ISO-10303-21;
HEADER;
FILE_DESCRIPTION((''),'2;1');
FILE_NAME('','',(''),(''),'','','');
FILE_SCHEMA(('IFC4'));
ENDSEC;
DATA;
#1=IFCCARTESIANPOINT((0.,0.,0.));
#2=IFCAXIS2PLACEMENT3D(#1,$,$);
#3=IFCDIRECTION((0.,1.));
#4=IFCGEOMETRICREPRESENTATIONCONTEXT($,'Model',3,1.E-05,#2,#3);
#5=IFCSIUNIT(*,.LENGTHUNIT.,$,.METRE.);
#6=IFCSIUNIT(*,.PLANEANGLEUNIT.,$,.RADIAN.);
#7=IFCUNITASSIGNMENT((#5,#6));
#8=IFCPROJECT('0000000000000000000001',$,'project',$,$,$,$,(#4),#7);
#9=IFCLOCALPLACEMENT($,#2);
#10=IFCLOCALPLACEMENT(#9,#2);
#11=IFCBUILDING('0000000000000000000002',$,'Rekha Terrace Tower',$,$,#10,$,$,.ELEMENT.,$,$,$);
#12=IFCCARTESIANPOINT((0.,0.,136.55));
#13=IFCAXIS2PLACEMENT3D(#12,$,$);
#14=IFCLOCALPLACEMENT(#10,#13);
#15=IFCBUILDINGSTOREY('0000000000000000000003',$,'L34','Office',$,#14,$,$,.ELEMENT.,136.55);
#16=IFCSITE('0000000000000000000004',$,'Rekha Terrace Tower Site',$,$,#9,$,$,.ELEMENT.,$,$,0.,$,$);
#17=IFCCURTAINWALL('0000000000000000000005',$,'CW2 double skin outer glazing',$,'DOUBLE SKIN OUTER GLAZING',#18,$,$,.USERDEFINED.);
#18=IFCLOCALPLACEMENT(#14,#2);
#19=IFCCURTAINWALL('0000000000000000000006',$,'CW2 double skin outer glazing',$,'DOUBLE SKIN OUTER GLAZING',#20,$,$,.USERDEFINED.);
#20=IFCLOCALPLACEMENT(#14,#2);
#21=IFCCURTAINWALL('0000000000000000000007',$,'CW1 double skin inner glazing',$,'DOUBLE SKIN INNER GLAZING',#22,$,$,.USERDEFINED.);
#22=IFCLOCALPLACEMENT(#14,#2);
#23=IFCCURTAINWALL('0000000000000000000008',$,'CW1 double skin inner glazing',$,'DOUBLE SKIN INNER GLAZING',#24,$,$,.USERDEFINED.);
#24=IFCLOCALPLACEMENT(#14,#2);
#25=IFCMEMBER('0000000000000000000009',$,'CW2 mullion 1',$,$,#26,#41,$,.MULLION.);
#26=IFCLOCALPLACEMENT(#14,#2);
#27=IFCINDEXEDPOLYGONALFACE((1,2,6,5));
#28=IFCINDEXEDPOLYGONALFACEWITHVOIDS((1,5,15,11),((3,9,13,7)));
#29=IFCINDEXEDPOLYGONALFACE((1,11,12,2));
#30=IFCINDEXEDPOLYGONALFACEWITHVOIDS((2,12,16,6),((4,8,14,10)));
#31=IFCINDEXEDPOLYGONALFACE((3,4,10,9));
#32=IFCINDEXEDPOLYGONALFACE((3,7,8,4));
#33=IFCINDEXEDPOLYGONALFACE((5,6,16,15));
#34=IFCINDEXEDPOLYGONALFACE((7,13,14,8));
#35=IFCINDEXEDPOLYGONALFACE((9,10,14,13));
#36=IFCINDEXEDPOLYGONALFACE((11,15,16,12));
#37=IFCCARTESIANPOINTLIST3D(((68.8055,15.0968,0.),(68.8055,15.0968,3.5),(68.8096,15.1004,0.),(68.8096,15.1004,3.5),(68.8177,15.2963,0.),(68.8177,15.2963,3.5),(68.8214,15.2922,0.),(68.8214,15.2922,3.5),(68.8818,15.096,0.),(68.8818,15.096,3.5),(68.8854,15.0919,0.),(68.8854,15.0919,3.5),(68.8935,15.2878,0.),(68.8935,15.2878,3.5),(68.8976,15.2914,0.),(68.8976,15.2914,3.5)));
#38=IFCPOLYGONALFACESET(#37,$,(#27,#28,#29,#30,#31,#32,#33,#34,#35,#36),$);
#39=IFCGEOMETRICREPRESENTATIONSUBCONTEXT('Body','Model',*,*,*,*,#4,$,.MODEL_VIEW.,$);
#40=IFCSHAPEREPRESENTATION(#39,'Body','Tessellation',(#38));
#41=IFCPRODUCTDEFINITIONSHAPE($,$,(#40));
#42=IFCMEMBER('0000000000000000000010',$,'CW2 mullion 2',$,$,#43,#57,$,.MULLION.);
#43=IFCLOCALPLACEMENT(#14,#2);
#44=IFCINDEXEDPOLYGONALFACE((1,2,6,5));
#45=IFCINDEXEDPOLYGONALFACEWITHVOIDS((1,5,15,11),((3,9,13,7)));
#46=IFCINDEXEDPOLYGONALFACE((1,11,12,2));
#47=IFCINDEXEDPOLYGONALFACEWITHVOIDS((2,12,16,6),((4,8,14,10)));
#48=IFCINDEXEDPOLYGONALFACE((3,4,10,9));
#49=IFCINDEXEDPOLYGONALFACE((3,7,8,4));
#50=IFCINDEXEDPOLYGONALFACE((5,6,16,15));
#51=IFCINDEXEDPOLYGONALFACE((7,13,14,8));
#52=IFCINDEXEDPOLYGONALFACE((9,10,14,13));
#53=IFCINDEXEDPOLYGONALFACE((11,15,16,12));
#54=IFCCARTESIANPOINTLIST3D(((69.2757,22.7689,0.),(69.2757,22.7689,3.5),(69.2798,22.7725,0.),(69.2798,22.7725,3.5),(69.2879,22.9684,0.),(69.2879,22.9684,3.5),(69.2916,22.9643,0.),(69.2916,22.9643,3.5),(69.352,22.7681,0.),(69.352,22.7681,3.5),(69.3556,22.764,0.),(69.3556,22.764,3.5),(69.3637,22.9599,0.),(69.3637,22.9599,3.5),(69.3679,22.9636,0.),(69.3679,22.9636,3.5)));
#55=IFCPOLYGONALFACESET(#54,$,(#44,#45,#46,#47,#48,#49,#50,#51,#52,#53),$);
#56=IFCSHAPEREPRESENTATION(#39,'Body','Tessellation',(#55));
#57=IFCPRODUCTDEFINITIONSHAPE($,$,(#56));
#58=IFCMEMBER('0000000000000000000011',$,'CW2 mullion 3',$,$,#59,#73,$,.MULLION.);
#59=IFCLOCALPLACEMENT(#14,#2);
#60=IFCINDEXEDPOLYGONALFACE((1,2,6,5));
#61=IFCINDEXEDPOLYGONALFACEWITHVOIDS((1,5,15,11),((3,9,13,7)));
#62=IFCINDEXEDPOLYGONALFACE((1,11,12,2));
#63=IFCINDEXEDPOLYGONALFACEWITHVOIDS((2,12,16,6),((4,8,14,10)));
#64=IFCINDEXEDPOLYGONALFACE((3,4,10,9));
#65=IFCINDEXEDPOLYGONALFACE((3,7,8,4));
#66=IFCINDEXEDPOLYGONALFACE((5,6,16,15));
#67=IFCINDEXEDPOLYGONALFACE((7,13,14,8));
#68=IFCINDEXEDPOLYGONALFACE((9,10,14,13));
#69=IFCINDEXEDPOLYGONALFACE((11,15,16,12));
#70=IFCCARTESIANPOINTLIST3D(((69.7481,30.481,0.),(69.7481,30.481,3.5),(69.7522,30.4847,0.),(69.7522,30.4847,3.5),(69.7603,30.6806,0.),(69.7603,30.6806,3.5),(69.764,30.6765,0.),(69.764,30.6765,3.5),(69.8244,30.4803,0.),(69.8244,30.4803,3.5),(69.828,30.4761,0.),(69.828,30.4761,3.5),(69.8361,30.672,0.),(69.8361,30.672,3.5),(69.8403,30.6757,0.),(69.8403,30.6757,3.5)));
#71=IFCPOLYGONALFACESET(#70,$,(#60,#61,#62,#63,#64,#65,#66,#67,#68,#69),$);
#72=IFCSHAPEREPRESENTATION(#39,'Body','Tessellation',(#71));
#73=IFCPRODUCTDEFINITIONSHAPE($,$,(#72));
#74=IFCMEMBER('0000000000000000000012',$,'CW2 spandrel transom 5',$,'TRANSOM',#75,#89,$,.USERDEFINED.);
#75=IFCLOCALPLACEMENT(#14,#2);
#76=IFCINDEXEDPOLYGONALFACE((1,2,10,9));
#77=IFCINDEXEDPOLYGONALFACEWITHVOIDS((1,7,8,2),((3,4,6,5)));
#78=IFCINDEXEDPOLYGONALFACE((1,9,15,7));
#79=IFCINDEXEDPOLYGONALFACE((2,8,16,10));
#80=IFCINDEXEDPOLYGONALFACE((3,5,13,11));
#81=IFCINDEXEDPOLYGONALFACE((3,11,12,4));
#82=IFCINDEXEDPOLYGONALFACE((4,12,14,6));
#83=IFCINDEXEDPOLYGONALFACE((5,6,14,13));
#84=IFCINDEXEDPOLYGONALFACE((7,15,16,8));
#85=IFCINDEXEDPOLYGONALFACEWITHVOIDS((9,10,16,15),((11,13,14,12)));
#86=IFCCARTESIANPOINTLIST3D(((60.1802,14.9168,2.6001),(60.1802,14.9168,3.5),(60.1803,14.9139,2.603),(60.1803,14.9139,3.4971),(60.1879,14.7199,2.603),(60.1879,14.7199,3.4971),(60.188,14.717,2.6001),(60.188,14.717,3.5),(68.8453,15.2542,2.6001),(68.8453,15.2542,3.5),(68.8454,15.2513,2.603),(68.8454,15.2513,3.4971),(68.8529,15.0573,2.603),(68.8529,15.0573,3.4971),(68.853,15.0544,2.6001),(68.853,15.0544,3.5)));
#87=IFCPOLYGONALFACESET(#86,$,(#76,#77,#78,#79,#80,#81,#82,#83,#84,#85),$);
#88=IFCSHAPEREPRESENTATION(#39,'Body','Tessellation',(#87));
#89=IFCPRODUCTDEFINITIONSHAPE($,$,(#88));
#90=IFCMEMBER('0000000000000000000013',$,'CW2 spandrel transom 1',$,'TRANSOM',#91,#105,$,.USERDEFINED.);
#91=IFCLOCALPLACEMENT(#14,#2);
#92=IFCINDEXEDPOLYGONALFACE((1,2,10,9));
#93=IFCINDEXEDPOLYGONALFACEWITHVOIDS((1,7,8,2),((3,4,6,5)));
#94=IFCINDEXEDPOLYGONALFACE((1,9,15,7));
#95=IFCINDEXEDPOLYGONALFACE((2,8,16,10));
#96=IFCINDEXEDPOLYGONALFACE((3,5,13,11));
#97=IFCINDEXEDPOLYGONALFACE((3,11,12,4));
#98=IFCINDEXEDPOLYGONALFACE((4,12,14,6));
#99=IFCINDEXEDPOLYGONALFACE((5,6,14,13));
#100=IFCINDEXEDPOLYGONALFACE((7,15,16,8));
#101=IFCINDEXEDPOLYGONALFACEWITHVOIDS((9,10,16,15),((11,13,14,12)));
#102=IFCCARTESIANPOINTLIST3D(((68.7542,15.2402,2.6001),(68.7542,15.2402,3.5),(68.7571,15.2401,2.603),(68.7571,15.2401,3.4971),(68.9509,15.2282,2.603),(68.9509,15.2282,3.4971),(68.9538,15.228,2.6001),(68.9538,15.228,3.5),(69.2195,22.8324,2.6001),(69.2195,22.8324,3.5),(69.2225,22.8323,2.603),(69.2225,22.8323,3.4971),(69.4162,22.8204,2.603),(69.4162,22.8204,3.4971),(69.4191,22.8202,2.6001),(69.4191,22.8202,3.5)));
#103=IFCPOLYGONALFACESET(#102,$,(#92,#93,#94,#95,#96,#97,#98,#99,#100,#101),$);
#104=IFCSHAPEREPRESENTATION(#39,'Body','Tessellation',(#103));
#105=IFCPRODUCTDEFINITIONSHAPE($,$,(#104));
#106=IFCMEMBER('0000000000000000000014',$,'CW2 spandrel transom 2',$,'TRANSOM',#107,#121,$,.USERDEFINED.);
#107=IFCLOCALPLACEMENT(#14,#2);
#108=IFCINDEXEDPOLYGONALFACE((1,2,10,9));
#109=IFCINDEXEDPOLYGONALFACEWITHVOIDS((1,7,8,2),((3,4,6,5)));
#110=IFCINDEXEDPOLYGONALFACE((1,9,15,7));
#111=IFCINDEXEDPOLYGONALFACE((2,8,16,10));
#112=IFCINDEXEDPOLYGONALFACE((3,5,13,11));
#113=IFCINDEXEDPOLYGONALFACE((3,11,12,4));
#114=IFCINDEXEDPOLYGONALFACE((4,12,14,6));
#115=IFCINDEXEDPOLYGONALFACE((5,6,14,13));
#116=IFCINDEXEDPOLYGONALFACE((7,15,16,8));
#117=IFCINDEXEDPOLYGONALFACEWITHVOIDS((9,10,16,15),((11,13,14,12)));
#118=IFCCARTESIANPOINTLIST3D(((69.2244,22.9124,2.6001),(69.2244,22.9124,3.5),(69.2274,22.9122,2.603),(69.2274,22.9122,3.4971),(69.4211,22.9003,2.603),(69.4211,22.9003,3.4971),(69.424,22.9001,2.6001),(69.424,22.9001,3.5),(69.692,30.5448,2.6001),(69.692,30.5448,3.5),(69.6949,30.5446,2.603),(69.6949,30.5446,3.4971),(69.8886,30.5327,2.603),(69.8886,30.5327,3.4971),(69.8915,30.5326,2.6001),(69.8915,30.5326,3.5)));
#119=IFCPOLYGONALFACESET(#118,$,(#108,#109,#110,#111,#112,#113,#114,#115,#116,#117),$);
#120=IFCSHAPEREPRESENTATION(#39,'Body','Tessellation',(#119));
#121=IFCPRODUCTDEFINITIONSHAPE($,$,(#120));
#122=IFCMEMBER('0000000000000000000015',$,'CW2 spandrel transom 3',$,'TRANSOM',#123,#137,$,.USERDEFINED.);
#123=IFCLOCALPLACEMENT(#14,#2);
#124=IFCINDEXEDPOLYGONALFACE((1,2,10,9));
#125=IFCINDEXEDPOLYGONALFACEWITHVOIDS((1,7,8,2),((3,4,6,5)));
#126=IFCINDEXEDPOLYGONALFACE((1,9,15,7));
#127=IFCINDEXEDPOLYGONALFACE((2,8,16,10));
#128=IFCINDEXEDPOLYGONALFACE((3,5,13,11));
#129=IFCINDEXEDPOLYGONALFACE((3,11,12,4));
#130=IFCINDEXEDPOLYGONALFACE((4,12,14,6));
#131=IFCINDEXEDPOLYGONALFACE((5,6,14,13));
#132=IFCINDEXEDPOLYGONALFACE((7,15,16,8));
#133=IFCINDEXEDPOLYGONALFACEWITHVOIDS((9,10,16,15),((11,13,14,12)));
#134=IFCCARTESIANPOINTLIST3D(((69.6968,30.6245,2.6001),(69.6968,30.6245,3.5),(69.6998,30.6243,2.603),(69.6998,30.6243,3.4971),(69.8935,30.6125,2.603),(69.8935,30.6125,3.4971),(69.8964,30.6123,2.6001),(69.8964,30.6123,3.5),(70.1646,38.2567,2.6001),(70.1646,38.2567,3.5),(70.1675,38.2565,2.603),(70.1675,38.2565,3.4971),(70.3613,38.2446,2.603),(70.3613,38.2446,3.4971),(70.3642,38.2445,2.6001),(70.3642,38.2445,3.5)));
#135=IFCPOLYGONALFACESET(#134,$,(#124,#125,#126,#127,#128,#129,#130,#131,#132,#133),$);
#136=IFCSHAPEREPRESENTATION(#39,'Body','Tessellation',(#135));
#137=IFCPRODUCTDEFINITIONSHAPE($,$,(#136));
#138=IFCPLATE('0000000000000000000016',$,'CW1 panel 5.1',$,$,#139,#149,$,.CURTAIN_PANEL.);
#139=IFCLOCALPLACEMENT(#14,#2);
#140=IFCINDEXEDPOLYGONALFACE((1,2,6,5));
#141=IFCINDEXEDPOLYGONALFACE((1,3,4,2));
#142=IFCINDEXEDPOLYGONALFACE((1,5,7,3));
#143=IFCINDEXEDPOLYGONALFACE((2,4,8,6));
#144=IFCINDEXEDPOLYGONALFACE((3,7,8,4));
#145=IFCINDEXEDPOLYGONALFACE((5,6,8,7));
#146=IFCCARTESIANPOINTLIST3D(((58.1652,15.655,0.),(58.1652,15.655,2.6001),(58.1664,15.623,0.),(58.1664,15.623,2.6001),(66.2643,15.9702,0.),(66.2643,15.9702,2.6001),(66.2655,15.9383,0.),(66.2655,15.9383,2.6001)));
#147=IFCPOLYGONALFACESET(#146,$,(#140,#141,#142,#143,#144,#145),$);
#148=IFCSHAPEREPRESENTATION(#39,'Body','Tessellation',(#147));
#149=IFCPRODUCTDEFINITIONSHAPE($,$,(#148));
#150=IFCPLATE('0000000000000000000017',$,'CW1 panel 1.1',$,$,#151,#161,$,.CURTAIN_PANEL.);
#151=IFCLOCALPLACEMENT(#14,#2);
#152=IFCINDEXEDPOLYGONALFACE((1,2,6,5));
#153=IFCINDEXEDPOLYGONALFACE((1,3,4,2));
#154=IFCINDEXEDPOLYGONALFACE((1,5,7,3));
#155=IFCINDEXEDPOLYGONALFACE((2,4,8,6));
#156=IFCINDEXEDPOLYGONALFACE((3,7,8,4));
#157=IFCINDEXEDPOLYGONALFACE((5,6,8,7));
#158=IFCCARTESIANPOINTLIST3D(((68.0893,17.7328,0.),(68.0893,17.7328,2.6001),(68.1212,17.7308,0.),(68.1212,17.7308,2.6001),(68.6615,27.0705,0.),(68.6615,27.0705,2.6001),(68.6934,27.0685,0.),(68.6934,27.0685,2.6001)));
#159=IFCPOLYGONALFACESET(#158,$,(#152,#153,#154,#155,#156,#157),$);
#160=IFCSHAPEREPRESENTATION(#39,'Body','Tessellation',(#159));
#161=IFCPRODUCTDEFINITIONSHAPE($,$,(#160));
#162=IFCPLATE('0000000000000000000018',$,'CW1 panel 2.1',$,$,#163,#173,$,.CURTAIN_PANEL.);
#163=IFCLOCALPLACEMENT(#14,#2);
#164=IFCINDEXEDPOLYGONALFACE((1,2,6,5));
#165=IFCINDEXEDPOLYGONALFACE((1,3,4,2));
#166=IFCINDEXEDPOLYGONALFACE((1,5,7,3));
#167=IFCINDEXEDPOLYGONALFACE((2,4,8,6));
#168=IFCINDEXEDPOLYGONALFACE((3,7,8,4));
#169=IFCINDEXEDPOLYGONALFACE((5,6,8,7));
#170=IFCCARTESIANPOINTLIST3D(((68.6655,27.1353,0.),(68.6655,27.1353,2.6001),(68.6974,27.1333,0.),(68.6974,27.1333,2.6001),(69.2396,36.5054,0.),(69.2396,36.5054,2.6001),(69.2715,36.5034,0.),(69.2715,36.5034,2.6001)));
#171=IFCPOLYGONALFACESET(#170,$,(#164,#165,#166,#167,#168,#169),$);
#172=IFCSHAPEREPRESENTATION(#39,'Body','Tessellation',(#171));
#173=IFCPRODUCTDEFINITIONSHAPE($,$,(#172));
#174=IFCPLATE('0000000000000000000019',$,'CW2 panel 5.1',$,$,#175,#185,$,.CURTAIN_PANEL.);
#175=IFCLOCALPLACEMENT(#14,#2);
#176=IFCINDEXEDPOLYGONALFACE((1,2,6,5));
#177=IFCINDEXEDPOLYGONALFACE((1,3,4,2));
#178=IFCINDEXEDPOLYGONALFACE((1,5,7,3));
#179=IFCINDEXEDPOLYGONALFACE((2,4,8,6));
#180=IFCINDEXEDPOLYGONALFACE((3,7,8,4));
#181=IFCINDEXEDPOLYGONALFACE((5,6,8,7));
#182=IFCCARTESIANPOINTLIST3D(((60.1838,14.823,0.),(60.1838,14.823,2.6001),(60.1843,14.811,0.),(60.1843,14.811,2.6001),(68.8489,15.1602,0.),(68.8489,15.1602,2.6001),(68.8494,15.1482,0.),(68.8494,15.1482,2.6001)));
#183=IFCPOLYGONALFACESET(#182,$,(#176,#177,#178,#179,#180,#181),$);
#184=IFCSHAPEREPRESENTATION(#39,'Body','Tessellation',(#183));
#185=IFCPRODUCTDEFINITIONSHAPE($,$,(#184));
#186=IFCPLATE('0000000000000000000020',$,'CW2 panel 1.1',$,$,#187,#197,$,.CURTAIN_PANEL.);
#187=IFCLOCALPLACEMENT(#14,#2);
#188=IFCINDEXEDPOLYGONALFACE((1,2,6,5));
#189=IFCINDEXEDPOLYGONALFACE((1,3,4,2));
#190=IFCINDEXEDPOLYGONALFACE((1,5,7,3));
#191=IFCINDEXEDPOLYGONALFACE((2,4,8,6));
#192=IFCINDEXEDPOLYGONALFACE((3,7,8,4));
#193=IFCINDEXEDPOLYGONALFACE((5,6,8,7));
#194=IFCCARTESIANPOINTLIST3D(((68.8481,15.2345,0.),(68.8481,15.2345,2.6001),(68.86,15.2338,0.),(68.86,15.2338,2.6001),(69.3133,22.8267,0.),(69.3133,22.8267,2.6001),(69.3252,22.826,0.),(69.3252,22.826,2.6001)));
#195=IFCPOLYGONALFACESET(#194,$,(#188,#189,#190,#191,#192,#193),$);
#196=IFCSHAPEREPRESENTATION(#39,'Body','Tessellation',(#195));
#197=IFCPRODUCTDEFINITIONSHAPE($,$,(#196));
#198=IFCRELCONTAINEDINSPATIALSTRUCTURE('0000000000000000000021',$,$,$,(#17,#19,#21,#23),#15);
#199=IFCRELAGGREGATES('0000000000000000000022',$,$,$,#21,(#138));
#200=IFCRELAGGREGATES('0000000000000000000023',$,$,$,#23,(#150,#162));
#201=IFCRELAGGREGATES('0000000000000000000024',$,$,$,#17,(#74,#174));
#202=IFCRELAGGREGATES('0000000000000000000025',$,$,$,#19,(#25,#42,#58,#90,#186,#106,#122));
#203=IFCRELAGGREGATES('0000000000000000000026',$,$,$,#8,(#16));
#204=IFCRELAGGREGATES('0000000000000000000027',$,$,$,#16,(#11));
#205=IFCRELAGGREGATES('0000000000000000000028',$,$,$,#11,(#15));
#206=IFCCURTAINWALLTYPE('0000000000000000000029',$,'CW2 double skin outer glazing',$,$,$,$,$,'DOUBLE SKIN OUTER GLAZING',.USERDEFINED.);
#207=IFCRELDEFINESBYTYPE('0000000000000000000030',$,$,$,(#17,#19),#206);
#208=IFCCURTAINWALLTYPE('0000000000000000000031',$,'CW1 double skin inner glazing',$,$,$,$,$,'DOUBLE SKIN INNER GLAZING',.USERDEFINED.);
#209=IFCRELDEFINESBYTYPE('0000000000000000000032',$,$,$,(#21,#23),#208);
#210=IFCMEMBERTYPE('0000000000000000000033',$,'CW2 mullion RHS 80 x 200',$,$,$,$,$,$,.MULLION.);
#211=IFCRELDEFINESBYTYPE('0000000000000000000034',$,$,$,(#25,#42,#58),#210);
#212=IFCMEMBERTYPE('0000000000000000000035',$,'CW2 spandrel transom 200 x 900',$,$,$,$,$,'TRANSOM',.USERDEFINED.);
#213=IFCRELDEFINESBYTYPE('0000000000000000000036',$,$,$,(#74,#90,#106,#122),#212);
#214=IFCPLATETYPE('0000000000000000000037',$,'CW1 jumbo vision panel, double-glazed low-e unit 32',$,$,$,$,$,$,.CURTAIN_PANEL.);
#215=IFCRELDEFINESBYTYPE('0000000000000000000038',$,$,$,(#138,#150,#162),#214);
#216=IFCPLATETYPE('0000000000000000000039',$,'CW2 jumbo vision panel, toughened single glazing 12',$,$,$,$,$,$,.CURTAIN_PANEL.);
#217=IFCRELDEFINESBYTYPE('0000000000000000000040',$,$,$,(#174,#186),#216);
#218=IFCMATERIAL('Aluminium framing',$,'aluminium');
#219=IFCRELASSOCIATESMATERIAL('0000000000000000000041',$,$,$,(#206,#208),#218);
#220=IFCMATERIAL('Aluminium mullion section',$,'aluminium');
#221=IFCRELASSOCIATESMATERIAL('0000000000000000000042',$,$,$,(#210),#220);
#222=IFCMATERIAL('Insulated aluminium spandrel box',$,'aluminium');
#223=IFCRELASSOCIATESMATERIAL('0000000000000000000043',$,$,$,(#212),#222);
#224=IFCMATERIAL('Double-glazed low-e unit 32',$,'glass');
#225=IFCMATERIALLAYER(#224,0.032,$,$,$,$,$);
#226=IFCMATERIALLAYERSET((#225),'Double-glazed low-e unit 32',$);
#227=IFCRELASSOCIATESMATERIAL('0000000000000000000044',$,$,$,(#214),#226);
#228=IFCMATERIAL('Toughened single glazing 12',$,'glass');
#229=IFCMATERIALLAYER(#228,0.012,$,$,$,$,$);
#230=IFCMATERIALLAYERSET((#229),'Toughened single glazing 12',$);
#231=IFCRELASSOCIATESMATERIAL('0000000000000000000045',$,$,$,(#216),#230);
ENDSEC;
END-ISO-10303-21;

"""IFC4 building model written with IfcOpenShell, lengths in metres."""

from ifc_helpers import new_model, si_unit, direction, frame, origin, origin_2d, place, context, subcontext, project, spatial, rectangle, hollow_rectangle, extrude, material, layer, layer_set, material_profile, profile_set, type_object, element, aggregate, save


model = new_model("IFC4")

# Units and contexts
model_context = context("Model", 3, precision=1e-05, world=origin(), true_north=direction((0.0, 1.0)))
body_context = subcontext(model_context, "Body", "Model", "MODEL_VIEW")
ifc_project = project(units=[si_unit("LENGTHUNIT", "METRE"), si_unit("PLANEANGLEUNIT", "RADIAN")], contexts=[model_context])

# Site, building, storey
site_placement = place(None, origin())
site = spatial("IfcSite", under=ifc_project, at=site_placement, Name="Rekha Terrace Tower Site", CompositionType="ELEMENT", RefElevation=0.0)
building_placement = place(site_placement, origin())
building = spatial("IfcBuilding", under=site, at=building_placement, Name="Rekha Terrace Tower", CompositionType="ELEMENT")
storey_placement = place(building_placement, frame((0.0, 0.0, 136.55)))
storey = spatial("IfcBuildingStorey", under=building, at=storey_placement, Name="L34", Description="Office", CompositionType="ELEMENT", Elevation=136.55)

# Curtain wall
ifc_material_1 = material(Name="Aluminium framing", Category="aluminium")
curtain_wall_type_1 = type_object("IfcCurtainWallType", Name="CW2 double skin outer glazing", ElementType="DOUBLE SKIN OUTER GLAZING", PredefinedType="USERDEFINED", material=ifc_material_1)
curtain_wall_1_placement = place(storey_placement, origin())
curtain_wall_1 = element("IfcCurtainWall", 1, at=curtain_wall_1_placement, inside=storey, type_object=curtain_wall_type_1, Name="CW2 double skin outer glazing", ObjectType="DOUBLE SKIN OUTER GLAZING", PredefinedType="USERDEFINED")

# Curtain wall
curtain_wall_2_placement = place(storey_placement, origin())
curtain_wall_2 = element("IfcCurtainWall", 2, at=curtain_wall_2_placement, inside=storey, type_object=curtain_wall_type_1, Name="CW2 double skin outer glazing", ObjectType="DOUBLE SKIN OUTER GLAZING", PredefinedType="USERDEFINED")

# Curtain wall
curtain_wall_type_2 = type_object("IfcCurtainWallType", Name="CW1 double skin inner glazing", ElementType="DOUBLE SKIN INNER GLAZING", PredefinedType="USERDEFINED", material=ifc_material_1)
curtain_wall_3_placement = place(storey_placement, origin())
curtain_wall_3 = element("IfcCurtainWall", 3, at=curtain_wall_3_placement, inside=storey, type_object=curtain_wall_type_2, Name="CW1 double skin inner glazing", ObjectType="DOUBLE SKIN INNER GLAZING", PredefinedType="USERDEFINED")
ifc_material_2 = material(Name="Aluminium mullion section", Category="aluminium")

# Curtain wall
curtain_wall_4_placement = place(storey_placement, origin())
curtain_wall_4 = element("IfcCurtainWall", 4, at=curtain_wall_4_placement, inside=storey, type_object=curtain_wall_type_2, Name="CW1 double skin inner glazing", ObjectType="DOUBLE SKIN INNER GLAZING", PredefinedType="USERDEFINED")
ifc_material_3 = material(Name="Insulated aluminium spandrel box", Category="aluminium")

# Members
ifc_material_profile_1 = material_profile(ifc_material_2, hollow_rectangle(XDim=0.0801, YDim=0.2, WallThickness=0.0039, at=origin_2d()), Name="AL RHS 80x200")
ifc_profile_set_1 = profile_set([ifc_material_profile_1], Name="Aluminium mullion section")
member_type_1 = type_object("IfcMemberType", Name="CW2 mullion RHS 80 x 200", PredefinedType="MULLION", material=ifc_profile_set_1)
member_1_placement = place(storey_placement, frame((68.8516, 15.1941, 0.0), z_axis=(0.0, 0.0, 1.0), x_axis=(-0.998128, 0.06116, 0.0)))
member_1 = element("IfcMember", 5, at=member_1_placement, type_object=member_type_1, Name="CW2 mullion 1", PredefinedType="MULLION", context=body_context, shape_type="SweptSolid", body=[
    extrude(hollow_rectangle(XDim=0.0801, YDim=0.2, WallThickness=0.0039, at=origin_2d()), origin(), (0.0, 0.0, 1.0), 3.5),
])
member_2_placement = place(storey_placement, frame((69.3218, 22.8662, 0.0), z_axis=(0.0, 0.0, 1.0), x_axis=(-0.998128, 0.06116, 0.0)))
member_2 = element("IfcMember", 6, at=member_2_placement, type_object=member_type_1, Name="CW2 mullion 2", PredefinedType="MULLION", context=body_context, shape_type="SweptSolid", body=[
    extrude(hollow_rectangle(XDim=0.0801, YDim=0.2, WallThickness=0.0039, at=origin_2d()), origin(), (0.0, 0.0, 1.0), 3.5),
])
member_3_placement = place(storey_placement, frame((69.7942, 30.5784, 0.0), z_axis=(0.0, 0.0, 1.0), x_axis=(-0.998128, 0.06116, 0.0)))
member_3 = element("IfcMember", 7, at=member_3_placement, type_object=member_type_1, Name="CW2 mullion 3", PredefinedType="MULLION", context=body_context, shape_type="SweptSolid", body=[
    extrude(hollow_rectangle(XDim=0.0801, YDim=0.2, WallThickness=0.0039, at=origin_2d()), origin(), (0.0, 0.0, 1.0), 3.5),
])
ifc_material_profile_2 = material_profile(ifc_material_3, hollow_rectangle(XDim=0.2, YDim=0.8999, WallThickness=0.0029, at=origin_2d()), Name="AL SPANDREL BOX 200x900")
ifc_profile_set_2 = profile_set([ifc_material_profile_2], Name="Insulated aluminium spandrel box")
member_type_2 = type_object("IfcMemberType", Name="CW2 spandrel transom 200 x 900", ElementType="TRANSOM", PredefinedType="USERDEFINED", material=ifc_profile_set_2)
member_4_placement = place(storey_placement, frame((60.1841, 14.8169, 3.05), z_axis=(0.999243, 0.038909, 0.0), x_axis=(-0.038909, 0.999243, 0.0)))
member_4 = element("IfcMember", 8, at=member_4_placement, type_object=member_type_2, Name="CW2 spandrel transom 5", ObjectType="TRANSOM", PredefinedType="USERDEFINED", context=body_context, shape_type="SweptSolid", body=[
    extrude(hollow_rectangle(XDim=0.2, YDim=0.8999, WallThickness=0.0029, at=origin_2d()), origin(), (0.0, 0.0, 1.0), 8.6716),
])
member_5_placement = place(storey_placement, frame((68.854, 15.2341, 3.05), z_axis=(0.061175, 0.998127, 0.0), x_axis=(-0.998127, 0.061175, 0.0)))
member_5 = element("IfcMember", 9, at=member_5_placement, type_object=member_type_2, Name="CW2 spandrel transom 1", ObjectType="TRANSOM", PredefinedType="USERDEFINED", context=body_context, shape_type="SweptSolid", body=[
    extrude(hollow_rectangle(XDim=0.2, YDim=0.8999, WallThickness=0.0029, at=origin_2d()), origin(), (0.0, 0.0, 1.0), 7.6064),
])
member_6_placement = place(storey_placement, frame((69.3242, 22.9062, 3.05), z_axis=(0.061142, 0.998129, 0.0), x_axis=(-0.998129, 0.061142, 0.0)))
member_6 = element("IfcMember", 10, at=member_6_placement, type_object=member_type_2, Name="CW2 spandrel transom 2", ObjectType="TRANSOM", PredefinedType="USERDEFINED", context=body_context, shape_type="SweptSolid", body=[
    extrude(hollow_rectangle(XDim=0.2, YDim=0.8999, WallThickness=0.0029, at=origin_2d()), origin(), (0.0, 0.0, 1.0), 7.6467),
])
member_7_placement = place(storey_placement, frame((69.7966, 30.6184, 3.05), z_axis=(0.061176, 0.998127, 0.0), x_axis=(-0.998127, 0.061176, 0.0)))
member_7 = element("IfcMember", 11, at=member_7_placement, type_object=member_type_2, Name="CW2 spandrel transom 3", ObjectType="TRANSOM", PredefinedType="USERDEFINED", context=body_context, shape_type="SweptSolid", body=[
    extrude(hollow_rectangle(XDim=0.2, YDim=0.8999, WallThickness=0.0029, at=origin_2d()), origin(), (0.0, 0.0, 1.0), 7.6465),
])

# Plates
ifc_material_4 = material(Name="Double-glazed low-e unit 32", Category="glass")
ifc_layer_1 = layer(ifc_material_4, 0.032)
ifc_layer_set_1 = layer_set([ifc_layer_1], Name="Double-glazed low-e unit 32")
plate_type_1 = type_object("IfcPlateType", Name="CW1 jumbo vision panel, double-glazed low-e unit 32", PredefinedType="CURTAIN_PANEL", material=ifc_layer_set_1)
plate_1_placement = place(storey_placement, frame((62.2153, 15.7966, 0.0), z_axis=(0.0, 0.0, 1.0), x_axis=(0.999243, 0.03889, 0.0)))
plate_1 = element("IfcPlate", 12, at=plate_1_placement, type_object=plate_type_1, Name="CW1 panel 5.1", PredefinedType="CURTAIN_PANEL", context=body_context, shape_type="SweptSolid", body=[
    extrude(rectangle(XDim=8.1052, YDim=0.032, at=origin_2d()), origin(), (0.0, 0.0, 1.0), 2.6001),
])
aggregate(curtain_wall_3, [plate_1])
plate_2_placement = place(storey_placement, frame((68.3914, 22.4006, 0.0), z_axis=(0.0, 0.0, 1.0), x_axis=(0.06116, 0.998128, 0.0)))
plate_2 = element("IfcPlate", 13, at=plate_2_placement, type_object=plate_type_1, Name="CW1 panel 1.1", PredefinedType="CURTAIN_PANEL", context=body_context, shape_type="SweptSolid", body=[
    extrude(rectangle(XDim=9.3552, YDim=0.032, at=origin_2d()), origin(), (0.0, 0.0, 1.0), 2.6001),
])
plate_3_placement = place(storey_placement, frame((68.9685, 31.8193, 0.0), z_axis=(0.0, 0.0, 1.0), x_axis=(0.06116, 0.998128, 0.0)))
plate_3 = element("IfcPlate", 14, at=plate_3_placement, type_object=plate_type_1, Name="CW1 panel 2.1", PredefinedType="CURTAIN_PANEL", context=body_context, shape_type="SweptSolid", body=[
    extrude(rectangle(XDim=9.3877, YDim=0.032, at=origin_2d()), origin(), (0.0, 0.0, 1.0), 2.6001),
])
aggregate(curtain_wall_4, [plate_2, plate_3])
ifc_material_5 = material(Name="Toughened single glazing 12", Category="glass")
ifc_layer_2 = layer(ifc_material_5, 0.012)
ifc_layer_set_2 = layer_set([ifc_layer_2], Name="Toughened single glazing 12")
plate_type_2 = type_object("IfcPlateType", Name="CW2 jumbo vision panel, toughened single glazing 12", PredefinedType="CURTAIN_PANEL", material=ifc_layer_set_2)
plate_4_placement = place(storey_placement, frame((64.5166, 14.9856, 0.0), z_axis=(0.0, 0.0, 1.0), x_axis=(0.999243, 0.03889, 0.0)))
plate_4 = element("IfcPlate", 15, at=plate_4_placement, type_object=plate_type_2, Name="CW2 panel 5.1", PredefinedType="CURTAIN_PANEL", context=body_context, shape_type="SweptSolid", body=[
    extrude(rectangle(XDim=8.6716, YDim=0.012, at=origin_2d()), origin(), (0.0, 0.0, 1.0), 2.6001),
])
aggregate(curtain_wall_1, [member_4, plate_4])
plate_5_placement = place(storey_placement, frame((69.0867, 19.0303, 0.0), z_axis=(0.0, 0.0, 1.0), x_axis=(0.06116, 0.998128, 0.0)))
plate_5 = element("IfcPlate", 16, at=plate_5_placement, type_object=plate_type_2, Name="CW2 panel 1.1", PredefinedType="CURTAIN_PANEL", context=body_context, shape_type="SweptSolid", body=[
    extrude(rectangle(XDim=7.6064, YDim=0.012, at=origin_2d()), origin(), (0.0, 0.0, 1.0), 2.6001),
])
aggregate(curtain_wall_2, [member_1, member_2, member_3, member_5, plate_5, member_6, member_7])

save(model, "model.ifc")
